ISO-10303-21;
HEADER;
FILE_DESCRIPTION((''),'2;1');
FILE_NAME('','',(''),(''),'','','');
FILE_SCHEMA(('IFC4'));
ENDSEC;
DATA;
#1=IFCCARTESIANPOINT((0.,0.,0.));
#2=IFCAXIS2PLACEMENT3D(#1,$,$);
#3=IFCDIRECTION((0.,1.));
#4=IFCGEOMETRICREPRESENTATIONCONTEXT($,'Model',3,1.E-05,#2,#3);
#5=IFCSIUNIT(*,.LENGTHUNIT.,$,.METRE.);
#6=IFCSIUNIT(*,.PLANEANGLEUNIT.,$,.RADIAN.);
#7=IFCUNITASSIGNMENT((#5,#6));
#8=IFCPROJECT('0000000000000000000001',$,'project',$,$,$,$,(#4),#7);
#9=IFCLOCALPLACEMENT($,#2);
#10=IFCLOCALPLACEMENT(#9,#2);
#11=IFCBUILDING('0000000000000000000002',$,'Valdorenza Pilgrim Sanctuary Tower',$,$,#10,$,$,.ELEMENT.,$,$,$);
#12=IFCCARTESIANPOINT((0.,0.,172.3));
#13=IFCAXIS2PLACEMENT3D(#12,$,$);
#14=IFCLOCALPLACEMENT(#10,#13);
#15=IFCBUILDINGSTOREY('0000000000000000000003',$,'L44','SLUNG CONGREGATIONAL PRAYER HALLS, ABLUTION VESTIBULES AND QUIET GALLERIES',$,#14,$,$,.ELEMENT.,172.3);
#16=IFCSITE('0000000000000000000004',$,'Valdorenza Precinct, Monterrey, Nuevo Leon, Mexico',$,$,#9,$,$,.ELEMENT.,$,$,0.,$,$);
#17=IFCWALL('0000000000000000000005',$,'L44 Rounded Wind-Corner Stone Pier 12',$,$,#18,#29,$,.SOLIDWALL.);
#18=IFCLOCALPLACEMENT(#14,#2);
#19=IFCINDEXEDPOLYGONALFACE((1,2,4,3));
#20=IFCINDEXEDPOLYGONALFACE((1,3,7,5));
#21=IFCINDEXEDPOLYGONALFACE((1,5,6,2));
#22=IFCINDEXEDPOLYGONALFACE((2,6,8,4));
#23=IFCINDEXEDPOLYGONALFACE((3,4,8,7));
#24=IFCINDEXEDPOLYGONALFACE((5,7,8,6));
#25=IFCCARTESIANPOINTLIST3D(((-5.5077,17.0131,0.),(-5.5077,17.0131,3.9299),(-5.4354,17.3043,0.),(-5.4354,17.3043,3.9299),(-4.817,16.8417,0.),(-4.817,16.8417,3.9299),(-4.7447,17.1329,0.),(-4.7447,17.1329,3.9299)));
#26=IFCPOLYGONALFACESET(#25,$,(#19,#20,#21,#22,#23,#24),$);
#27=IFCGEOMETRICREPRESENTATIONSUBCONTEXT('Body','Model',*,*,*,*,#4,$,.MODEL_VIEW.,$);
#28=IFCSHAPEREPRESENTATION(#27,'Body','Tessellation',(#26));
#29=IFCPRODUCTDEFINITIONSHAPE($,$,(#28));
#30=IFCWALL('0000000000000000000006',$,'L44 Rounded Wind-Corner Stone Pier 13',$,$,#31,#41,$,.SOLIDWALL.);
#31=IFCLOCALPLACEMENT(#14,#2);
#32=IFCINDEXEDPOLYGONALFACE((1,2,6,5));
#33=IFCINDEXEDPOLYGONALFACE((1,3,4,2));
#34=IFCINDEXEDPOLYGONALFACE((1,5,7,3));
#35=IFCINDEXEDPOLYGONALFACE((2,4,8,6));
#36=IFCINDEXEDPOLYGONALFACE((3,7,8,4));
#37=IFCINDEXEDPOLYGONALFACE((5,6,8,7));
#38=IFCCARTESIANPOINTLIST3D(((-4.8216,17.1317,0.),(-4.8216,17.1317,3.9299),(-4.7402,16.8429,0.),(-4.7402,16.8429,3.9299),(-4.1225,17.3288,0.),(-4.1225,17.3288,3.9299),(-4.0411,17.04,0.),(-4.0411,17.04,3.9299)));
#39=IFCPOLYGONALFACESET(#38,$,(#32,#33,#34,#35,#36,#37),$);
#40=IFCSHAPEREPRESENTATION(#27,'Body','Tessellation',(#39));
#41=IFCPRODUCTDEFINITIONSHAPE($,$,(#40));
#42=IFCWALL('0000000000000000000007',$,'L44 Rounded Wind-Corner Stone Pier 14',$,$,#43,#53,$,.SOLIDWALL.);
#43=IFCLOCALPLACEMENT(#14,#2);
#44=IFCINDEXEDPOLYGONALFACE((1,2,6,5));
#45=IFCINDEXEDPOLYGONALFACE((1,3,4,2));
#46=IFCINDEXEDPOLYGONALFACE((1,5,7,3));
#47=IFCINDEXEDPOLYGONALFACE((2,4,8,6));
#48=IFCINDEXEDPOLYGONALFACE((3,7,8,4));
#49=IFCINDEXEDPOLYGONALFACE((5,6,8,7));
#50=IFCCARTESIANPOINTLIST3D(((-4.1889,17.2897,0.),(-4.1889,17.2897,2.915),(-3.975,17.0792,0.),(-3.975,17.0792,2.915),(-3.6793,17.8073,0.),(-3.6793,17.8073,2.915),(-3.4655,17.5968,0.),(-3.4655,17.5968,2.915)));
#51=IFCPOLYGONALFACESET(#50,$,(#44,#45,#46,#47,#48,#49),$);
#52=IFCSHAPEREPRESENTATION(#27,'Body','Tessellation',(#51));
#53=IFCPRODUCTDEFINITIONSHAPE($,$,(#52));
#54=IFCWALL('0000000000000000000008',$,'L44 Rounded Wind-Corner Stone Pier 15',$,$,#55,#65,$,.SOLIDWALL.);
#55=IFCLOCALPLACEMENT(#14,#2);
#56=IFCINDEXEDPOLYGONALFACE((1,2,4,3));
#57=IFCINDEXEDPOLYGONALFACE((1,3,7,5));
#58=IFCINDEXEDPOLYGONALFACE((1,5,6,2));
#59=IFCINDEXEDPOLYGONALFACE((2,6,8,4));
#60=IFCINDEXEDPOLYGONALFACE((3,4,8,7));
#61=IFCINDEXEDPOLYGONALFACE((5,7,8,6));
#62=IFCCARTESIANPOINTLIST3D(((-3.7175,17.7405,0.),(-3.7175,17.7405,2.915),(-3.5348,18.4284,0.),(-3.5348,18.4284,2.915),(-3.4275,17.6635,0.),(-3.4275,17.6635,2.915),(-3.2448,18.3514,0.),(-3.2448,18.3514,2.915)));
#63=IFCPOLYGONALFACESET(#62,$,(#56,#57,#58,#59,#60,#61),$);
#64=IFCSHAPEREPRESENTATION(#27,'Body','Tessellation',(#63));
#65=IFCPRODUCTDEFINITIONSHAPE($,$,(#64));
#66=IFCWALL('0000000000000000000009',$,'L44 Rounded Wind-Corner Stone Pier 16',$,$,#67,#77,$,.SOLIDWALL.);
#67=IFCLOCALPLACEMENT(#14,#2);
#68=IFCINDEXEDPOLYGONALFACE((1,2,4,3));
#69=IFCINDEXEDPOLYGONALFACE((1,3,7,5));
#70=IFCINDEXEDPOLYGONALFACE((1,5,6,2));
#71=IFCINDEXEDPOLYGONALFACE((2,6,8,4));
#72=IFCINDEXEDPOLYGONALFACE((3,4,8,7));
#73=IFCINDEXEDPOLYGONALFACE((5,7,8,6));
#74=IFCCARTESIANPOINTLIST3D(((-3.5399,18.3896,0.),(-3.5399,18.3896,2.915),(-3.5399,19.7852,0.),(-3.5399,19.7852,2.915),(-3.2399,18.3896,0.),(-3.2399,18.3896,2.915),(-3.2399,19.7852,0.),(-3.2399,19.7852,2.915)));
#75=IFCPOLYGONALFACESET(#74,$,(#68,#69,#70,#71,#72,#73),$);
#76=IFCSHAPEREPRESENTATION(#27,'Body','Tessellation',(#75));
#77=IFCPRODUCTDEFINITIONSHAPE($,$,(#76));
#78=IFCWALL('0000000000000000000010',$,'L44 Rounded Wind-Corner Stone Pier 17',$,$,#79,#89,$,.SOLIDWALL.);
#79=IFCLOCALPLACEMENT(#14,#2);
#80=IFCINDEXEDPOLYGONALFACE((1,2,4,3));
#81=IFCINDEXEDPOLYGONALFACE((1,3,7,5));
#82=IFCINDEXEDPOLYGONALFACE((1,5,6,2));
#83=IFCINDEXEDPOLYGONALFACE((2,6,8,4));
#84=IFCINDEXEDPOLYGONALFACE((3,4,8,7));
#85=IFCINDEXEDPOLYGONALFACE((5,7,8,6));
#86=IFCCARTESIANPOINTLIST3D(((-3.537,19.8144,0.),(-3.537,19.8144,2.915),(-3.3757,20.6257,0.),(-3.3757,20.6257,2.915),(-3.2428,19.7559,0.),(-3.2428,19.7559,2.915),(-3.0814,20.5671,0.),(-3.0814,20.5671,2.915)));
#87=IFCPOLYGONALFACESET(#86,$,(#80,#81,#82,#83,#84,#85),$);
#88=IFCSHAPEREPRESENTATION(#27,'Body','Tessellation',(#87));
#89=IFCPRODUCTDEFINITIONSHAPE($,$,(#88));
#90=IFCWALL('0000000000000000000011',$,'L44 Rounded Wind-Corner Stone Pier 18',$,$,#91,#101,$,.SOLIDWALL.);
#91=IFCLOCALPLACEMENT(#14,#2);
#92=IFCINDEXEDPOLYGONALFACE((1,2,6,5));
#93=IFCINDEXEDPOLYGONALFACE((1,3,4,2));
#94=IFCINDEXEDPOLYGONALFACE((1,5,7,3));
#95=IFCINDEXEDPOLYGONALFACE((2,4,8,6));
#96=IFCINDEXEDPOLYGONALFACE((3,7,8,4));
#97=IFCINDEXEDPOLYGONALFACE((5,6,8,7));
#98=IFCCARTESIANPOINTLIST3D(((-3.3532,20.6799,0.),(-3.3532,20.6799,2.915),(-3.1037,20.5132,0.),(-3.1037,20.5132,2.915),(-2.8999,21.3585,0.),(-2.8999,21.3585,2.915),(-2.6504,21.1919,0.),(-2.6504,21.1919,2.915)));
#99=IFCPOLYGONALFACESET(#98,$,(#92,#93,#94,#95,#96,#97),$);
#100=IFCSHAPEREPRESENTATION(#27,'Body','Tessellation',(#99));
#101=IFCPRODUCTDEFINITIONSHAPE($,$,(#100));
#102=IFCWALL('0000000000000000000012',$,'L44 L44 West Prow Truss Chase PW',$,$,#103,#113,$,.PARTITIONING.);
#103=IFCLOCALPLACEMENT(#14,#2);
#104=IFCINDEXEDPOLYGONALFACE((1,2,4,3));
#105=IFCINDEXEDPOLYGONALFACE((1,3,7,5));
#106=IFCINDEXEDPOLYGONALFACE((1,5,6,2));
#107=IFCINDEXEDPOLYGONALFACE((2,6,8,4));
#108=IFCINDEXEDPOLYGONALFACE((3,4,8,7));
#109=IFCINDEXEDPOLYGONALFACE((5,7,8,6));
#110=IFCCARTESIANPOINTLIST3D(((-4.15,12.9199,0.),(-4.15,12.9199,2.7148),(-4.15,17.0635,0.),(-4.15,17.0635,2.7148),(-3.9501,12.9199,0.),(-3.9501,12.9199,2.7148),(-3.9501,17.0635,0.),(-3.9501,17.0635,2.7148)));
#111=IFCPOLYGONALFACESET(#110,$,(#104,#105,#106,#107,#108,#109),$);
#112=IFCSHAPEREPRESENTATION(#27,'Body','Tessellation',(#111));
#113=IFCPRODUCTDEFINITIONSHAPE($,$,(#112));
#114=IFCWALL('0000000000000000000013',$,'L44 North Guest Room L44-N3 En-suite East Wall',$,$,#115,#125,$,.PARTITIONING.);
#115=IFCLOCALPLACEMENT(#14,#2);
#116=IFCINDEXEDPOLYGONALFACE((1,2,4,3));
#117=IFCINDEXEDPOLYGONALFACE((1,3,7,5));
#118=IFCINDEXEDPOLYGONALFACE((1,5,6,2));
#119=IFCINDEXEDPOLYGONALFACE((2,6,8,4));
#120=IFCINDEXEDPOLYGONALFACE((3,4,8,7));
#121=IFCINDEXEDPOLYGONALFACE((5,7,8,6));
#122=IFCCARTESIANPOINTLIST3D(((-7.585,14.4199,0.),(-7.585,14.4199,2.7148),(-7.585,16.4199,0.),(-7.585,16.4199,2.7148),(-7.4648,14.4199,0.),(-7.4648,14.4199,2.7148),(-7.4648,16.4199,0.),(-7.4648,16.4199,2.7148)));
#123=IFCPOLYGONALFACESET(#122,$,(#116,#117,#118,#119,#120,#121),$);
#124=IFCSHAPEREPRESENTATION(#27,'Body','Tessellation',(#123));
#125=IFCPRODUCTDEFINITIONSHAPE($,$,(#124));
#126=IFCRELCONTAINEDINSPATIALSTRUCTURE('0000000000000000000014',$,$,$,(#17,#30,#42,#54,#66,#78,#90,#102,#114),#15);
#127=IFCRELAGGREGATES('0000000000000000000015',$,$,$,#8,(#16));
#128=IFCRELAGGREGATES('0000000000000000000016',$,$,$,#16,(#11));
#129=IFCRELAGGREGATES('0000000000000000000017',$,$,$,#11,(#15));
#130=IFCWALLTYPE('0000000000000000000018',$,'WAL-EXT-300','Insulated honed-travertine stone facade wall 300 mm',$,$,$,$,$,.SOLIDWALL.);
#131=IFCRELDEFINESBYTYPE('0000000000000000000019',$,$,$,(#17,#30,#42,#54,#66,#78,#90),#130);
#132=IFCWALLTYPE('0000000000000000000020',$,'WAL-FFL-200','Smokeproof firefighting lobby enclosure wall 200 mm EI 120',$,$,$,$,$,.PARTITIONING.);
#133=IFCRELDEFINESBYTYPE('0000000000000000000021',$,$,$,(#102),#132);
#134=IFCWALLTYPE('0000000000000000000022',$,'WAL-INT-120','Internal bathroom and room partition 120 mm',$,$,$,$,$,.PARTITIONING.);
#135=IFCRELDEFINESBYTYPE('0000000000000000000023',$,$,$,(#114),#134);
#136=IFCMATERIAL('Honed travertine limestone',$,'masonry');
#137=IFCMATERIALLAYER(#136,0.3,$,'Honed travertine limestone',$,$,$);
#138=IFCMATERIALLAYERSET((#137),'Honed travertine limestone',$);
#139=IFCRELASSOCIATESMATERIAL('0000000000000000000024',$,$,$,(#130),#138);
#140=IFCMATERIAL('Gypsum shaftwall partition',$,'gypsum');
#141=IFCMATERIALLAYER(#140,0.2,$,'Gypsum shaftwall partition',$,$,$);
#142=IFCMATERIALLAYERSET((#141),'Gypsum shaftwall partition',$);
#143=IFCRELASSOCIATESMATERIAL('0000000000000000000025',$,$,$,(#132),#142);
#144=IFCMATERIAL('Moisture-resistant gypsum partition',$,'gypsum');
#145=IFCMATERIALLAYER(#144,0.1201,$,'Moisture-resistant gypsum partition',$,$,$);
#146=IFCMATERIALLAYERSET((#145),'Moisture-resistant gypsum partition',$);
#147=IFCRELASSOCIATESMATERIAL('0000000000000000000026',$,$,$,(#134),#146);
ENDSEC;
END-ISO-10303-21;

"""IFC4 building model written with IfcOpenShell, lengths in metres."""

from ifc_helpers import new_model, si_unit, direction, frame, frame_2d, origin, place, context, subcontext, project, spatial, rectangle, extrude, material, layer, layer_set, type_object, element, save


model = new_model("IFC4")

# Units and contexts
model_context = context("Model", 3, precision=1e-05, world=origin(), true_north=direction((0.0, 1.0)))
body_context = subcontext(model_context, "Body", "Model", "MODEL_VIEW")
ifc_project = project(units=[si_unit("LENGTHUNIT", "METRE"), si_unit("PLANEANGLEUNIT", "RADIAN")], contexts=[model_context])

# Site, building, storey
site_placement = place(None, origin())
site = spatial("IfcSite", under=ifc_project, at=site_placement, Name="Valdorenza Precinct, Monterrey, Nuevo Leon, Mexico", CompositionType="ELEMENT", RefElevation=0.0)
building_placement = place(site_placement, origin())
building = spatial("IfcBuilding", under=site, at=building_placement, Name="Valdorenza Pilgrim Sanctuary Tower", CompositionType="ELEMENT")
storey_placement = place(building_placement, frame((0.0, 0.0, 172.3)))
storey = spatial("IfcBuildingStorey", under=building, at=storey_placement, Name="L44", Description="SLUNG CONGREGATIONAL PRAYER HALLS, ABLUTION VESTIBULES AND QUIET GALLERIES", CompositionType="ELEMENT", Elevation=172.3)

# Shared definitions
ifc_material_1 = material(Name="Honed travertine limestone", Category="masonry")

# Walls
ifc_layer_1 = layer(ifc_material_1, 0.3, Name="Honed travertine limestone")
ifc_layer_set_1 = layer_set([ifc_layer_1], Name="Honed travertine limestone")
wall_type_1 = type_object("IfcWallType", Name="WAL-EXT-300", Description="Insulated honed-travertine stone facade wall 300 mm", PredefinedType="SOLIDWALL", material=ifc_layer_set_1)
wall_1_placement = place(storey_placement, frame((-5.4717, 17.1587, 0.0), z_axis=(0.0, 0.0, 1.0), x_axis=(0.970565, -0.24084, 0.0)))
element("IfcWall", 1, at=wall_1_placement, inside=storey, type_object=wall_type_1, Name="L44 Rounded Wind-Corner Stone Pier 12", PredefinedType="SOLIDWALL", context=body_context, shape_type="SweptSolid", body=[
    extrude(rectangle(XDim=0.7117, YDim=0.3, at=frame_2d((0.356, 0.0))), origin(), (0.0, 0.0, 1.0), 3.9299),
])
wall_2_placement = place(storey_placement, frame((-4.781, 16.9873, 0.0), z_axis=(0.0, 0.0, 1.0), x_axis=(0.962495, 0.2713, 0.0)))
element("IfcWall", 2, at=wall_2_placement, inside=storey, type_object=wall_type_1, Name="L44 Rounded Wind-Corner Stone Pier 13", PredefinedType="SOLIDWALL", context=body_context, shape_type="SweptSolid", body=[
    extrude(rectangle(XDim=0.7263, YDim=0.3, at=frame_2d((0.3633, 0.0))), origin(), (0.0, 0.0, 1.0), 3.9299),
])
wall_3_placement = place(storey_placement, frame((-4.082, 17.1843, 0.0), z_axis=(0.0, 0.0, 1.0), x_axis=(0.701539, 0.712631, 0.0)))
element("IfcWall", 3, at=wall_3_placement, inside=storey, type_object=wall_type_1, Name="L44 Rounded Wind-Corner Stone Pier 14", PredefinedType="SOLIDWALL", context=body_context, shape_type="SweptSolid", body=[
    extrude(rectangle(XDim=0.7263, YDim=0.3, at=frame_2d((0.3633, 0.0))), origin(), (0.0, 0.0, 1.0), 2.915),
])
wall_4_placement = place(storey_placement, frame((-3.5725, 17.7019, 0.0), z_axis=(0.0, 0.0, 1.0), x_axis=(0.256637, 0.966508, 0.0)))
element("IfcWall", 4, at=wall_4_placement, inside=storey, type_object=wall_type_1, Name="L44 Rounded Wind-Corner Stone Pier 15", PredefinedType="SOLIDWALL", context=body_context, shape_type="SweptSolid", body=[
    extrude(rectangle(XDim=0.7117, YDim=0.3, at=frame_2d((0.356, 0.0))), origin(), (0.0, 0.0, 1.0), 2.915),
])
wall_5_placement = place(storey_placement, frame((-3.3899, 18.3896, 0.0), z_axis=(0.0, 0.0, 1.0), x_axis=(0.0, 1.0, 0.0)))
element("IfcWall", 5, at=wall_5_placement, inside=storey, type_object=wall_type_1, Name="L44 Rounded Wind-Corner Stone Pier 16", PredefinedType="SOLIDWALL", context=body_context, shape_type="SweptSolid", body=[
    extrude(rectangle(XDim=1.3955, YDim=0.3, at=frame_2d((0.6978, 0.0))), origin(), (0.0, 0.0, 1.0), 2.915),
])
wall_6_placement = place(storey_placement, frame((-3.3899, 19.7852, 0.0), z_axis=(0.0, 0.0, 1.0), x_axis=(0.195094, 0.980784, 0.0)))
element("IfcWall", 6, at=wall_6_placement, inside=storey, type_object=wall_type_1, Name="L44 Rounded Wind-Corner Stone Pier 17", PredefinedType="SOLIDWALL", context=body_context, shape_type="SweptSolid", body=[
    extrude(rectangle(XDim=0.8271, YDim=0.3, at=frame_2d((0.4136, 0.0))), origin(), (0.0, 0.0, 1.0), 2.915),
])
wall_7_placement = place(storey_placement, frame((-3.2285, 20.5964, 0.0), z_axis=(0.0, 0.0, 1.0), x_axis=(0.555459, 0.831544, 0.0)))
element("IfcWall", 7, at=wall_7_placement, inside=storey, type_object=wall_type_1, Name="L44 Rounded Wind-Corner Stone Pier 18", PredefinedType="SOLIDWALL", context=body_context, shape_type="SweptSolid", body=[
    extrude(rectangle(XDim=0.8162, YDim=0.3, at=frame_2d((0.4082, 0.0))), origin(), (0.0, 0.0, 1.0), 2.915),
])
ifc_material_2 = material(Name="Gypsum shaftwall partition", Category="gypsum")
ifc_layer_2 = layer(ifc_material_2, 0.2, Name="Gypsum shaftwall partition")
ifc_layer_set_2 = layer_set([ifc_layer_2], Name="Gypsum shaftwall partition")
wall_type_2 = type_object("IfcWallType", Name="WAL-FFL-200", Description="Smokeproof firefighting lobby enclosure wall 200 mm EI 120", PredefinedType="PARTITIONING", material=ifc_layer_set_2)
wall_8_placement = place(storey_placement, frame((-4.05, 12.9199, 0.0), z_axis=(0.0, 0.0, 1.0), x_axis=(0.0, 1.0, 0.0)))
element("IfcWall", 8, at=wall_8_placement, inside=storey, type_object=wall_type_2, Name="L44 L44 West Prow Truss Chase PW", PredefinedType="PARTITIONING", context=body_context, shape_type="SweptSolid", body=[
    extrude(rectangle(XDim=4.1436, YDim=0.2, at=frame_2d((2.0718, 0.0))), origin(), (0.0, 0.0, 1.0), 2.7148),
])
ifc_material_3 = material(Name="Moisture-resistant gypsum partition", Category="gypsum")
ifc_layer_3 = layer(ifc_material_3, 0.1201, Name="Moisture-resistant gypsum partition")
ifc_layer_set_3 = layer_set([ifc_layer_3], Name="Moisture-resistant gypsum partition")
wall_type_3 = type_object("IfcWallType", Name="WAL-INT-120", Description="Internal bathroom and room partition 120 mm", PredefinedType="PARTITIONING", material=ifc_layer_set_3)
wall_9_placement = place(storey_placement, frame((-7.5249, 14.4199, 0.0), z_axis=(0.0, 0.0, 1.0), x_axis=(0.0, 1.0, 0.0)))
element("IfcWall", 9, at=wall_9_placement, inside=storey, type_object=wall_type_3, Name="L44 North Guest Room L44-N3 En-suite East Wall", PredefinedType="PARTITIONING", context=body_context, shape_type="SweptSolid", body=[
    extrude(rectangle(XDim=2.0, YDim=0.1201, at=frame_2d((1.0, 0.0))), origin(), (0.0, 0.0, 1.0), 2.7148),
])

save(model, "model.ifc")
